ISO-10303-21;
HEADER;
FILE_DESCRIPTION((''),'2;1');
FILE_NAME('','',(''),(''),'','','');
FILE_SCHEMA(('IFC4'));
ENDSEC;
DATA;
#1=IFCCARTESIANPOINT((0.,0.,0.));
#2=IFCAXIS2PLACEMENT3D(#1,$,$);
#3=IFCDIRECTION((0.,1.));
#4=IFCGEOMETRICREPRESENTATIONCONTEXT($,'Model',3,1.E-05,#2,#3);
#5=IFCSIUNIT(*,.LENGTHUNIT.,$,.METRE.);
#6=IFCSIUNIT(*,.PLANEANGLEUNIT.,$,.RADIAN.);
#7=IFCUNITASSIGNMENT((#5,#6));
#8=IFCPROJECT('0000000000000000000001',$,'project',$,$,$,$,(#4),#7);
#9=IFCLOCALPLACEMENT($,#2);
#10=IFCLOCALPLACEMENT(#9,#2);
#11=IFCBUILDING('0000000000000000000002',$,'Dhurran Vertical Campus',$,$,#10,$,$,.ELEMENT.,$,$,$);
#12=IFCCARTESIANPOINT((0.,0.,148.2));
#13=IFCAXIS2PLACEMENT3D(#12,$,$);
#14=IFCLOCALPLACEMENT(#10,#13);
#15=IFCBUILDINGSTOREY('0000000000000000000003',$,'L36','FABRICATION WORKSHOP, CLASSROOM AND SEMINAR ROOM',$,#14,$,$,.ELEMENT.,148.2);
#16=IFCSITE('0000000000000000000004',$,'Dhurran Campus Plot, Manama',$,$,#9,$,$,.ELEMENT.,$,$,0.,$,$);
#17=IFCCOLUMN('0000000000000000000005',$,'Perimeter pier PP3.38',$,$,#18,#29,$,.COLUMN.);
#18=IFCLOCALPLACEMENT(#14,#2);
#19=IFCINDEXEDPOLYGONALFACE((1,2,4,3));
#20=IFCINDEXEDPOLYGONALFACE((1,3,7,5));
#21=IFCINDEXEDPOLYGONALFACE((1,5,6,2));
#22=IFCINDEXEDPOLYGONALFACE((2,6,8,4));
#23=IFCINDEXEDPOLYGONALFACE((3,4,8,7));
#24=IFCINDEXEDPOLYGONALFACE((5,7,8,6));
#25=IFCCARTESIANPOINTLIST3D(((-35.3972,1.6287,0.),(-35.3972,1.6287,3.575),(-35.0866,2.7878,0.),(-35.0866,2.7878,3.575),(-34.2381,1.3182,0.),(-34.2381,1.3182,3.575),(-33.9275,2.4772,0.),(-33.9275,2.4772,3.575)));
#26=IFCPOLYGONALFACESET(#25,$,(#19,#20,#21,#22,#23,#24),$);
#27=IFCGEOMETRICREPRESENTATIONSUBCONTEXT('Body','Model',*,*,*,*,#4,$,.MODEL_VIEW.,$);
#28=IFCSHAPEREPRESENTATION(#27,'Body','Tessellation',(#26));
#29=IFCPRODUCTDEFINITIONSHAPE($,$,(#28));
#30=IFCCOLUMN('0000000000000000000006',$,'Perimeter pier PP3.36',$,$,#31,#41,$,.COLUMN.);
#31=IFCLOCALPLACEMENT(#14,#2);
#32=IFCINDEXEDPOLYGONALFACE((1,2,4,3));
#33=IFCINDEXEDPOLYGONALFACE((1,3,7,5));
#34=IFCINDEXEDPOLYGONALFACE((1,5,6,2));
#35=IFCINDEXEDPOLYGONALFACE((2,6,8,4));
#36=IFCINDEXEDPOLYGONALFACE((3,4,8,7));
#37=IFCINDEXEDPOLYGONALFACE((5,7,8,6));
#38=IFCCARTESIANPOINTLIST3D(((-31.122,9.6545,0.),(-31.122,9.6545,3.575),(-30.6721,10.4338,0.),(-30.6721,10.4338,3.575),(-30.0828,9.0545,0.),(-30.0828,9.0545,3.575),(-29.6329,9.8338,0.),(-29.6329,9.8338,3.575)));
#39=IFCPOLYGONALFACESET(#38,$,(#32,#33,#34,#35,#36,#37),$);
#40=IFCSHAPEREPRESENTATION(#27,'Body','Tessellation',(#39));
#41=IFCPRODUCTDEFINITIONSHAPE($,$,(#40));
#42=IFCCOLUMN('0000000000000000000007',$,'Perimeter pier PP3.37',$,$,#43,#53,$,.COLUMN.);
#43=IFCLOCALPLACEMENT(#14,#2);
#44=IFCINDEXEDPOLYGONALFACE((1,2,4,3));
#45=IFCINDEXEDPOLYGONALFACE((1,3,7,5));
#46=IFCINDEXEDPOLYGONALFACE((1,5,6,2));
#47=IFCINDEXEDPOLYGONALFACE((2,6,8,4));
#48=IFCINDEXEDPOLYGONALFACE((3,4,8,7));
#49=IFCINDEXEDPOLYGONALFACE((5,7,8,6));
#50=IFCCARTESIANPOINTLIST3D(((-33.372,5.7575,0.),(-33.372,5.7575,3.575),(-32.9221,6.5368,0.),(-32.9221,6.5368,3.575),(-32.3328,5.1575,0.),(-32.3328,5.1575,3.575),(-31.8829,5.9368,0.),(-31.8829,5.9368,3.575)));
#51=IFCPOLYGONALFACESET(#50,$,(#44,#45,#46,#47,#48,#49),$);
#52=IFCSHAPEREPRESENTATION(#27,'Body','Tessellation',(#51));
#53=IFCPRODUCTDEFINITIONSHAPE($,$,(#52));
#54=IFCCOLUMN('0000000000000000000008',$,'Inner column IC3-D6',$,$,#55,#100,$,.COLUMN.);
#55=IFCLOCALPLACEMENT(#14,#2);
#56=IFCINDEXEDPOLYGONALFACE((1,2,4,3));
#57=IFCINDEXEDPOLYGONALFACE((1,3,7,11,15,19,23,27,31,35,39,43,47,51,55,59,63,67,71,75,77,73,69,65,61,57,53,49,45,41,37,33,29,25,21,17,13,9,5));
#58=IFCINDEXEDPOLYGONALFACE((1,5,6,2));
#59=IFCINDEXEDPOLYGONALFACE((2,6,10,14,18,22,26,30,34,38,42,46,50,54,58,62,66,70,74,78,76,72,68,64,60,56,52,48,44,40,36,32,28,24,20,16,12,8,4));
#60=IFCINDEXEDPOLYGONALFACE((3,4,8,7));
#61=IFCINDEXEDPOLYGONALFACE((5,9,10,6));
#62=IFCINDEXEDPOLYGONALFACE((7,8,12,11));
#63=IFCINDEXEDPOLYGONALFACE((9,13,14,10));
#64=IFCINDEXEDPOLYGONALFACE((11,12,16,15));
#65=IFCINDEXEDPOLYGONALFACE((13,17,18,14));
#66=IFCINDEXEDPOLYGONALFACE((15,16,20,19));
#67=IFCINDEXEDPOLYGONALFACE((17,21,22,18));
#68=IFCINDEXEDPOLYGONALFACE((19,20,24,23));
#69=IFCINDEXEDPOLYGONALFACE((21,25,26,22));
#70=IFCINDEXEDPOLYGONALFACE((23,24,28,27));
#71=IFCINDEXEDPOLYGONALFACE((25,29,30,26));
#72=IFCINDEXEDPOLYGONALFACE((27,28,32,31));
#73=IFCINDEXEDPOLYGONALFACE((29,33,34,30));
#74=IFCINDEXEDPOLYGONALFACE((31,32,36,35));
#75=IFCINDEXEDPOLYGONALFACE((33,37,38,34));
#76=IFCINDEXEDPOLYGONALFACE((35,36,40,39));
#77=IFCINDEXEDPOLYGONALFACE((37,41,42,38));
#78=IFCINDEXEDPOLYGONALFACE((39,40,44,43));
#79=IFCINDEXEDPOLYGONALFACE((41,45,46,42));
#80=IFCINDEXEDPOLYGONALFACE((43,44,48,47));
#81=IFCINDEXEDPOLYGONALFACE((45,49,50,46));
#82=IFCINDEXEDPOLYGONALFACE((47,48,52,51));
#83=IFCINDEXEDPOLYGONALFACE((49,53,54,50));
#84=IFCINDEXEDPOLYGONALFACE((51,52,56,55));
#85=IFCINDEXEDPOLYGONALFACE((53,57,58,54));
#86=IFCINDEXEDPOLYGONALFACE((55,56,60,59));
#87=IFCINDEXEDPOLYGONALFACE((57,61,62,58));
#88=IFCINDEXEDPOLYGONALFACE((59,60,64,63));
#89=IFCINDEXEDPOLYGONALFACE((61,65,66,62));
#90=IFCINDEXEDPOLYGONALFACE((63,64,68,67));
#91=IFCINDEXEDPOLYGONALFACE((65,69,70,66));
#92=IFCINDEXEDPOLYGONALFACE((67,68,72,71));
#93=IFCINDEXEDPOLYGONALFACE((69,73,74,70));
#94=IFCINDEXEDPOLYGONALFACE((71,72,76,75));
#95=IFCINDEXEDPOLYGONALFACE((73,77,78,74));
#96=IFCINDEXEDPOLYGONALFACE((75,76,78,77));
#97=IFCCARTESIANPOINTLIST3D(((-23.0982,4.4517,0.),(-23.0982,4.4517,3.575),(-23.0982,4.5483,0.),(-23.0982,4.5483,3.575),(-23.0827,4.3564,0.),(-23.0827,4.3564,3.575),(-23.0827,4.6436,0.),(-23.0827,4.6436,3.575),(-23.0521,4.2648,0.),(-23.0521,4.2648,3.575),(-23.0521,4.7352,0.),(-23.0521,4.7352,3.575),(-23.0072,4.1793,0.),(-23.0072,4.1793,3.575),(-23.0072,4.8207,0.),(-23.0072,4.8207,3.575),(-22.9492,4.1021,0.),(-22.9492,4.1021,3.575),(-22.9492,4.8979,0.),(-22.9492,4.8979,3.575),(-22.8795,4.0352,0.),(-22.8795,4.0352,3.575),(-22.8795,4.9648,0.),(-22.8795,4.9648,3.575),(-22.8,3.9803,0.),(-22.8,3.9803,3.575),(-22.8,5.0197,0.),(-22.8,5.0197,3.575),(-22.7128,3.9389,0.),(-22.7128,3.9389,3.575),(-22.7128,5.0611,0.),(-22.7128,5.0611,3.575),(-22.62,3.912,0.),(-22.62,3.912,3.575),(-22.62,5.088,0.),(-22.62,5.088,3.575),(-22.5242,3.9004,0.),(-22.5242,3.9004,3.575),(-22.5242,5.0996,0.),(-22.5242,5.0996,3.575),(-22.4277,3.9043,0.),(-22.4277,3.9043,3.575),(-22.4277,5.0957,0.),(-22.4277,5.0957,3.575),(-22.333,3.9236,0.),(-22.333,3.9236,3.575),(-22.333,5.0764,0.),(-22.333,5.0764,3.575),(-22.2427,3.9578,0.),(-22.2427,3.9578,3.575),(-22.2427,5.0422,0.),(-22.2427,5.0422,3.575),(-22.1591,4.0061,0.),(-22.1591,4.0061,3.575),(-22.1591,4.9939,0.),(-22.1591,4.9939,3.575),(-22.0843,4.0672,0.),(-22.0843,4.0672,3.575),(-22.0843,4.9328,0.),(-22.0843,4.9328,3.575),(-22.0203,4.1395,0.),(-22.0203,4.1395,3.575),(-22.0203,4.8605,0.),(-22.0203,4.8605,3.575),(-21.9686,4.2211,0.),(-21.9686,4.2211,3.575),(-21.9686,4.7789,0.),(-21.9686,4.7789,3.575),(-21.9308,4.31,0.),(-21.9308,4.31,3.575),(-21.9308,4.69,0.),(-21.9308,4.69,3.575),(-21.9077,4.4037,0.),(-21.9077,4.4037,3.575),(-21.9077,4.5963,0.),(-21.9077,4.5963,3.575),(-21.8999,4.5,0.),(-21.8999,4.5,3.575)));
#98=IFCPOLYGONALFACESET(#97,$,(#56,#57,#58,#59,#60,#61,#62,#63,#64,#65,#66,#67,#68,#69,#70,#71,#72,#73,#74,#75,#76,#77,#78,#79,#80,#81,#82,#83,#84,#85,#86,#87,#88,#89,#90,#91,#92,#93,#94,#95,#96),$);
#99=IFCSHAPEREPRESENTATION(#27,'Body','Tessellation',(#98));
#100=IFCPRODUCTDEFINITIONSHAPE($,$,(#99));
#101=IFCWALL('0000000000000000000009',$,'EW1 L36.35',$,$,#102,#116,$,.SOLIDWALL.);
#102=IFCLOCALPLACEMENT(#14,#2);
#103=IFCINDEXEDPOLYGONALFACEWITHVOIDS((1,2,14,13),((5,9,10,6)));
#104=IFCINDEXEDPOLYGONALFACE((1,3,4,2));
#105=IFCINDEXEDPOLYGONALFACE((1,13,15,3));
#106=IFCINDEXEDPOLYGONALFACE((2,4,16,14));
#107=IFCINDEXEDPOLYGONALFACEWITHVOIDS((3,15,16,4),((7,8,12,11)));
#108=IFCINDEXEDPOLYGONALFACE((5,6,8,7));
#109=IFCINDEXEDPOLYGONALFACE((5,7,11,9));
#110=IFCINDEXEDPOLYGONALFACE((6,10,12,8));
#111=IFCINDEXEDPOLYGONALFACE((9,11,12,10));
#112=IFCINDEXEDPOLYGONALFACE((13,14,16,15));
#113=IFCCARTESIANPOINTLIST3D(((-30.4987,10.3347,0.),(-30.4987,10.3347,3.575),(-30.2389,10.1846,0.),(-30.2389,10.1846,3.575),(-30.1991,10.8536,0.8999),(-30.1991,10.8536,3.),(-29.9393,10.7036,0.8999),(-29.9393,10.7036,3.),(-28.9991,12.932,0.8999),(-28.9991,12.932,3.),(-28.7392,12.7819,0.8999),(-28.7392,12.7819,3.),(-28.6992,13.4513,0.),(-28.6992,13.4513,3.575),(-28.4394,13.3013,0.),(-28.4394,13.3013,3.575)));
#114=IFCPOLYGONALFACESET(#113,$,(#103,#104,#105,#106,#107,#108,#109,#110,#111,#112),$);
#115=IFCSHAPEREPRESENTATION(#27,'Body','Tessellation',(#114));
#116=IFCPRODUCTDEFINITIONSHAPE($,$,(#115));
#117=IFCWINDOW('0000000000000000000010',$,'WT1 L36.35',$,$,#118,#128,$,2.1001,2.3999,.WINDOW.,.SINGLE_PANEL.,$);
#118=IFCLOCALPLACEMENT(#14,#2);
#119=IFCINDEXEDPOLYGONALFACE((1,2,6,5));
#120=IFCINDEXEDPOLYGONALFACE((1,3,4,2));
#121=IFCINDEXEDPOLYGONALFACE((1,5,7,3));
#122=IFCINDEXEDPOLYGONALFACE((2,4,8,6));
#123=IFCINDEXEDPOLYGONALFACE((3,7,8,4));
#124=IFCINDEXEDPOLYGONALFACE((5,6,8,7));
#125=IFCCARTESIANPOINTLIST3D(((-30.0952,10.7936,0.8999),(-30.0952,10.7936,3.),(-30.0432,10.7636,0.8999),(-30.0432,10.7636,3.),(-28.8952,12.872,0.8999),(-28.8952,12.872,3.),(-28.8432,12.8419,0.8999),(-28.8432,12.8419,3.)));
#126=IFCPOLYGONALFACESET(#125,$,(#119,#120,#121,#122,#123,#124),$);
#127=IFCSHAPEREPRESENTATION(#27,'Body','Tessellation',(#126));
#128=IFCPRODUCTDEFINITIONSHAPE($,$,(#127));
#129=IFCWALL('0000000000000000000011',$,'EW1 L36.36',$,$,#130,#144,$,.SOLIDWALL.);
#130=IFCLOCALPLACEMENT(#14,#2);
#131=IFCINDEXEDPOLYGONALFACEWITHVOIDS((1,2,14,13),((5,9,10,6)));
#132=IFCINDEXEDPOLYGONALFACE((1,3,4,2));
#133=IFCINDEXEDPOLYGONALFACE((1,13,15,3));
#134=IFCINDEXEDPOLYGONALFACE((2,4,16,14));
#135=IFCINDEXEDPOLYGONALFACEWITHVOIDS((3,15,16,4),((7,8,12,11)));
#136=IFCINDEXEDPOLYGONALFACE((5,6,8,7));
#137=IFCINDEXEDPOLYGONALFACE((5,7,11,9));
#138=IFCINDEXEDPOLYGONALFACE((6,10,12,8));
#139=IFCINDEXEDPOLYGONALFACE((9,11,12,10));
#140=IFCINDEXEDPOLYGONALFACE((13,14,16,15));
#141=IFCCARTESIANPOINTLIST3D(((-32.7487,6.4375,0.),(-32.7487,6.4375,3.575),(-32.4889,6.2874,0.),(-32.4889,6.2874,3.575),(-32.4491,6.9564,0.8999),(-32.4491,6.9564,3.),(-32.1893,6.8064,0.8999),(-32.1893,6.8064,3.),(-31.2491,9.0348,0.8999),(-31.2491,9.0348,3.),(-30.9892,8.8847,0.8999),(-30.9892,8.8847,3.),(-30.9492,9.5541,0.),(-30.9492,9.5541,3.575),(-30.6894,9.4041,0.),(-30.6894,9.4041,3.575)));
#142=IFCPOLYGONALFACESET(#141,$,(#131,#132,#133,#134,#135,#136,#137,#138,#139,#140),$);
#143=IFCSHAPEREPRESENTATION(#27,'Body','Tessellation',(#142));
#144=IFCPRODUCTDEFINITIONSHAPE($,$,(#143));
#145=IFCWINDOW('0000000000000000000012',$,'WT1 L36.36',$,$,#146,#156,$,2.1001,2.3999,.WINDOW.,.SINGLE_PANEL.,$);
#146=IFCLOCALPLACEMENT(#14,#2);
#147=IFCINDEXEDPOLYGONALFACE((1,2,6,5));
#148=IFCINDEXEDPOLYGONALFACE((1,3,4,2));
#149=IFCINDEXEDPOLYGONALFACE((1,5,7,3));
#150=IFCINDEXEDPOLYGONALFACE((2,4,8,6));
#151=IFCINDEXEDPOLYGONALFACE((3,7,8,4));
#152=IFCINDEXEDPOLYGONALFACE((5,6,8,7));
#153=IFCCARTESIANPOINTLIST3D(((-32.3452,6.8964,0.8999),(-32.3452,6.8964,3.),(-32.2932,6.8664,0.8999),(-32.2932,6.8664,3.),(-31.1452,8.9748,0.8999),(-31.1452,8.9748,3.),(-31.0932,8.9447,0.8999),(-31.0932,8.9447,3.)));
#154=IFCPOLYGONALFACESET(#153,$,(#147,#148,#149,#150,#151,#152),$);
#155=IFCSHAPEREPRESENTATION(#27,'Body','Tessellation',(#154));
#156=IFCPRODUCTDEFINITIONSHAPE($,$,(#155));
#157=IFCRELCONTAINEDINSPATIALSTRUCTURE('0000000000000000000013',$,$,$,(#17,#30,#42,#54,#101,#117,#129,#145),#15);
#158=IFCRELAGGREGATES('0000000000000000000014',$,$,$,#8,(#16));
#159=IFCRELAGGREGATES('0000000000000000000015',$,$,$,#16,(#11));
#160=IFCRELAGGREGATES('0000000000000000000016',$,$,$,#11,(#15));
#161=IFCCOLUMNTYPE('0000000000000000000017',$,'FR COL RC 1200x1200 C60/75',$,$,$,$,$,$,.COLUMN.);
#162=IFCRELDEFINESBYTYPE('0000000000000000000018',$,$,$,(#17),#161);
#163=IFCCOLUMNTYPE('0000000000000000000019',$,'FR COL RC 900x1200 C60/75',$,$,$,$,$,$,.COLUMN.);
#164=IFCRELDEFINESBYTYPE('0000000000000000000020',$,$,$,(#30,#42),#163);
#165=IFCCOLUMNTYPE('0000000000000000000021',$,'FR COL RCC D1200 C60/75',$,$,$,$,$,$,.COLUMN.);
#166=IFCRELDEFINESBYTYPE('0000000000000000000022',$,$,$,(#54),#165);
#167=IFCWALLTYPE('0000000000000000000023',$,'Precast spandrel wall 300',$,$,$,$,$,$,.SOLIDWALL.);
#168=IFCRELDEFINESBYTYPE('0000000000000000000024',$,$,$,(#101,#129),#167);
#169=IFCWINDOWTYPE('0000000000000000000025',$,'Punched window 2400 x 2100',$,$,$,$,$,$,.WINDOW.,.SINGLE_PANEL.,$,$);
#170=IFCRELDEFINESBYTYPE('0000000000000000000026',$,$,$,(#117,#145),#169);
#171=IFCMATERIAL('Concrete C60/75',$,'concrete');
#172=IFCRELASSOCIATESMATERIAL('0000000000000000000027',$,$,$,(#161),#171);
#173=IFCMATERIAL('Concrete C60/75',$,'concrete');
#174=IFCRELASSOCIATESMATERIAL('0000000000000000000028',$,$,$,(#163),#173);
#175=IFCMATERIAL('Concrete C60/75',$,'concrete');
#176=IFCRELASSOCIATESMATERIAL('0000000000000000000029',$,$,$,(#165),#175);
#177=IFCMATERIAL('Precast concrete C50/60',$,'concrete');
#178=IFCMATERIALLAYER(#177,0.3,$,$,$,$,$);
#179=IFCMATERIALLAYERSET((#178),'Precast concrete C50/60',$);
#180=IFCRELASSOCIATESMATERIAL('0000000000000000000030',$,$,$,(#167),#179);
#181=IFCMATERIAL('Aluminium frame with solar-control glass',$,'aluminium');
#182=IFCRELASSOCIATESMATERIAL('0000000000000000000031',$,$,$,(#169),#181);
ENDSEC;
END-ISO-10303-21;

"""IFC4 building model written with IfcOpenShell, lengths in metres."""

from ifc_helpers import new_model, si_unit, direction, frame, frame_2d, origin, origin_2d, place, context, subcontext, project, spatial, rectangle, circle, extrude, material, layer, layer_set, material_profile, profile_set, type_object, element, fill, save


model = new_model("IFC4")

# Units and contexts
model_context = context("Model", 3, precision=1e-05, world=origin(), true_north=direction((0.0, 1.0)))
body_context = subcontext(model_context, "Body", "Model", "MODEL_VIEW")
ifc_project = project(units=[si_unit("LENGTHUNIT", "METRE"), si_unit("PLANEANGLEUNIT", "RADIAN")], contexts=[model_context])

# Site, building, storey
site_placement = place(None, origin())
site = spatial("IfcSite", under=ifc_project, at=site_placement, Name="Dhurran Campus Plot, Manama", CompositionType="ELEMENT", RefElevation=0.0)
building_placement = place(site_placement, origin())
building = spatial("IfcBuilding", under=site, at=building_placement, Name="Dhurran Vertical Campus", CompositionType="ELEMENT")
storey_placement = place(building_placement, frame((0.0, 0.0, 148.2)))
storey = spatial("IfcBuildingStorey", under=building, at=storey_placement, Name="L36", Description="FABRICATION WORKSHOP, CLASSROOM AND SEMINAR ROOM", CompositionType="ELEMENT", Elevation=148.2)

# Columns
ifc_material_1 = material(Name="Concrete C60/75", Category="concrete")
ifc_material_profile_1 = material_profile(ifc_material_1, rectangle(XDim=1.2, YDim=1.2, at=origin_2d()), Name="RC 1200x1200")
ifc_profile_set_1 = profile_set([ifc_material_profile_1], Name="Concrete C60/75")
column_type_1 = type_object("IfcColumnType", Name="FR COL RC 1200x1200 C60/75", PredefinedType="COLUMN", material=ifc_profile_set_1)
column_1_placement = place(storey_placement, frame((-34.6624, 2.053, 0.0), z_axis=(0.0, 0.0, 1.0), x_axis=(-0.258819, -0.965926, 0.0)))
element("IfcColumn", 1, at=column_1_placement, inside=storey, type_object=column_type_1, Name="Perimeter pier PP3.38", PredefinedType="COLUMN", context=body_context, shape_type="SweptSolid", body=[
    extrude(rectangle(XDim=1.2, YDim=1.2, at=origin_2d()), origin(), (0.0, 0.0, 1.0), 3.575),
])
ifc_material_2 = material(Name="Concrete C60/75", Category="concrete")
ifc_material_profile_2 = material_profile(ifc_material_2, rectangle(XDim=0.8999, YDim=1.2, at=origin_2d()), Name="RC 900x1200")
ifc_profile_set_2 = profile_set([ifc_material_profile_2], Name="Concrete C60/75")
column_type_2 = type_object("IfcColumnType", Name="FR COL RC 900x1200 C60/75", PredefinedType="COLUMN", material=ifc_profile_set_2)
for number, where, z_axis, x_axis, name in (
    (2, (-30.3774, 9.7441, 0.0), (0.0, 0.0, 1.0), (-0.5, -0.866025, 0.0), "Perimeter pier PP3.36"),
    (3, (-32.6274, 5.8472, 0.0), (0.0, 0.0, 1.0), (-0.5, -0.866025, 0.0), "Perimeter pier PP3.37"),
):
    element("IfcColumn", number, at=place(storey_placement, frame(where, z_axis=z_axis, x_axis=x_axis)), inside=storey, type_object=column_type_2, Name=name, PredefinedType="COLUMN", context=body_context, shape_type="SweptSolid", body=[
        extrude(rectangle(XDim=0.8999, YDim=1.2, at=origin_2d()), origin(), (0.0, 0.0, 1.0), 3.575),
    ])
ifc_material_3 = material(Name="Concrete C60/75", Category="concrete")
ifc_material_profile_3 = material_profile(ifc_material_3, circle(Radius=0.6001, at=origin_2d()), Name="RCC D1200")
ifc_profile_set_3 = profile_set([ifc_material_profile_3], Name="Concrete C60/75")
column_type_3 = type_object("IfcColumnType", Name="FR COL RCC D1200 C60/75", PredefinedType="COLUMN", material=ifc_profile_set_3)
column_2_placement = place(storey_placement, frame((-22.5, 4.5, 0.0), z_axis=(0.0, 0.0, 1.0), x_axis=(1.0, 0.0, 0.0)))
element("IfcColumn", 4, at=column_2_placement, inside=storey, type_object=column_type_3, Name="Inner column IC3-D6", PredefinedType="COLUMN", context=body_context, shape_type="SweptSolid", body=[
    extrude(circle(Radius=0.6001, at=origin_2d()), origin(), (0.0, 0.0, 1.0), 3.575),
])

# Walls, openings, windows
ifc_material_4 = material(Name="Precast concrete C50/60", Category="concrete")
ifc_layer_1 = layer(ifc_material_4, 0.3)
ifc_layer_set_1 = layer_set([ifc_layer_1], Name="Precast concrete C50/60")
wall_type_1 = type_object("IfcWallType", Name="Precast spandrel wall 300", PredefinedType="SOLIDWALL", material=ifc_layer_set_1)
wall_1_placement = place(storey_placement, frame((-28.5693, 13.3762, 0.0), z_axis=(0.0, 0.0, 1.0), x_axis=(-0.500028, -0.866009, 0.0)))
wall_1 = element("IfcWall", 5, at=wall_1_placement, inside=storey, type_object=wall_type_1, Name="EW1 L36.35", PredefinedType="SOLIDWALL", context=body_context, shape_type="SweptSolid", body=[
    extrude(rectangle(XDim=3.5989, YDim=0.3, at=frame_2d((1.7993, 0.0))), origin(), (0.0, 0.0, 1.0), 3.575),
])
opening_1_placement = place(wall_1_placement, frame((0.5996, 0.0, 0.8999)))
opening_1 = element("IfcOpeningElement", 6, at=opening_1_placement, cuts=wall_1, PredefinedType="OPENING", context=body_context, shape_type="SweptSolid", body=[
    extrude(rectangle(XDim=2.3999, YDim=2.1001, at=frame_2d((1.2, 1.05))), frame((0.0, 0.1599, 0.0), z_axis=(0.0, -1.0, 0.0), x_axis=(1.0, 0.0, 0.0)), (0.0, 0.0, 1.0), 0.3201),
])
ifc_material_5 = material(Name="Aluminium frame with solar-control glass", Category="aluminium")
window_type = type_object("IfcWindowType", Name="Punched window 2400 x 2100", PartitioningType="SINGLE_PANEL", PredefinedType="WINDOW", material=ifc_material_5)
window_1_placement = place(opening_1_placement, origin())
window_1 = element("IfcWindow", 7, at=window_1_placement, inside=storey, type_object=window_type, Name="WT1 L36.35", OverallHeight=2.1001, OverallWidth=2.3999, PartitioningType="SINGLE_PANEL", PredefinedType="WINDOW", context=body_context, shape_type="SweptSolid", body=[
    extrude(rectangle(XDim=2.3999, YDim=2.1001, at=frame_2d((1.2, 1.05))), frame((0.0, 0.03, 0.0), z_axis=(0.0, -1.0, 0.0), x_axis=(1.0, 0.0, 0.0)), (0.0, 0.0, 1.0), 0.0601),
])
fill(opening_1, window_1)
wall_2_placement = place(storey_placement, frame((-30.8193, 9.479, 0.0), z_axis=(0.0, 0.0, 1.0), x_axis=(-0.500028, -0.866009, 0.0)))
wall_2 = element("IfcWall", 8, at=wall_2_placement, inside=storey, type_object=wall_type_1, Name="EW1 L36.36", PredefinedType="SOLIDWALL", context=body_context, shape_type="SweptSolid", body=[
    extrude(rectangle(XDim=3.5989, YDim=0.3, at=frame_2d((1.7993, 0.0))), origin(), (0.0, 0.0, 1.0), 3.575),
])
opening_2_placement = place(wall_2_placement, frame((0.5996, 0.0, 0.8999)))
opening_2 = element("IfcOpeningElement", 9, at=opening_2_placement, cuts=wall_2, PredefinedType="OPENING", context=body_context, shape_type="SweptSolid", body=[
    extrude(rectangle(XDim=2.3999, YDim=2.1001, at=frame_2d((1.2, 1.05))), frame((0.0, 0.1599, 0.0), z_axis=(0.0, -1.0, 0.0), x_axis=(1.0, 0.0, 0.0)), (0.0, 0.0, 1.0), 0.3201),
])
window_2_placement = place(opening_2_placement, origin())
window_2 = element("IfcWindow", 10, at=window_2_placement, inside=storey, type_object=window_type, Name="WT1 L36.36", OverallHeight=2.1001, OverallWidth=2.3999, PartitioningType="SINGLE_PANEL", PredefinedType="WINDOW", context=body_context, shape_type="SweptSolid", body=[
    extrude(rectangle(XDim=2.3999, YDim=2.1001, at=frame_2d((1.2, 1.05))), frame((0.0, 0.03, 0.0), z_axis=(0.0, -1.0, 0.0), x_axis=(1.0, 0.0, 0.0)), (0.0, 0.0, 1.0), 0.0601),
])
fill(opening_2, window_2)

save(model, "model.ifc")
